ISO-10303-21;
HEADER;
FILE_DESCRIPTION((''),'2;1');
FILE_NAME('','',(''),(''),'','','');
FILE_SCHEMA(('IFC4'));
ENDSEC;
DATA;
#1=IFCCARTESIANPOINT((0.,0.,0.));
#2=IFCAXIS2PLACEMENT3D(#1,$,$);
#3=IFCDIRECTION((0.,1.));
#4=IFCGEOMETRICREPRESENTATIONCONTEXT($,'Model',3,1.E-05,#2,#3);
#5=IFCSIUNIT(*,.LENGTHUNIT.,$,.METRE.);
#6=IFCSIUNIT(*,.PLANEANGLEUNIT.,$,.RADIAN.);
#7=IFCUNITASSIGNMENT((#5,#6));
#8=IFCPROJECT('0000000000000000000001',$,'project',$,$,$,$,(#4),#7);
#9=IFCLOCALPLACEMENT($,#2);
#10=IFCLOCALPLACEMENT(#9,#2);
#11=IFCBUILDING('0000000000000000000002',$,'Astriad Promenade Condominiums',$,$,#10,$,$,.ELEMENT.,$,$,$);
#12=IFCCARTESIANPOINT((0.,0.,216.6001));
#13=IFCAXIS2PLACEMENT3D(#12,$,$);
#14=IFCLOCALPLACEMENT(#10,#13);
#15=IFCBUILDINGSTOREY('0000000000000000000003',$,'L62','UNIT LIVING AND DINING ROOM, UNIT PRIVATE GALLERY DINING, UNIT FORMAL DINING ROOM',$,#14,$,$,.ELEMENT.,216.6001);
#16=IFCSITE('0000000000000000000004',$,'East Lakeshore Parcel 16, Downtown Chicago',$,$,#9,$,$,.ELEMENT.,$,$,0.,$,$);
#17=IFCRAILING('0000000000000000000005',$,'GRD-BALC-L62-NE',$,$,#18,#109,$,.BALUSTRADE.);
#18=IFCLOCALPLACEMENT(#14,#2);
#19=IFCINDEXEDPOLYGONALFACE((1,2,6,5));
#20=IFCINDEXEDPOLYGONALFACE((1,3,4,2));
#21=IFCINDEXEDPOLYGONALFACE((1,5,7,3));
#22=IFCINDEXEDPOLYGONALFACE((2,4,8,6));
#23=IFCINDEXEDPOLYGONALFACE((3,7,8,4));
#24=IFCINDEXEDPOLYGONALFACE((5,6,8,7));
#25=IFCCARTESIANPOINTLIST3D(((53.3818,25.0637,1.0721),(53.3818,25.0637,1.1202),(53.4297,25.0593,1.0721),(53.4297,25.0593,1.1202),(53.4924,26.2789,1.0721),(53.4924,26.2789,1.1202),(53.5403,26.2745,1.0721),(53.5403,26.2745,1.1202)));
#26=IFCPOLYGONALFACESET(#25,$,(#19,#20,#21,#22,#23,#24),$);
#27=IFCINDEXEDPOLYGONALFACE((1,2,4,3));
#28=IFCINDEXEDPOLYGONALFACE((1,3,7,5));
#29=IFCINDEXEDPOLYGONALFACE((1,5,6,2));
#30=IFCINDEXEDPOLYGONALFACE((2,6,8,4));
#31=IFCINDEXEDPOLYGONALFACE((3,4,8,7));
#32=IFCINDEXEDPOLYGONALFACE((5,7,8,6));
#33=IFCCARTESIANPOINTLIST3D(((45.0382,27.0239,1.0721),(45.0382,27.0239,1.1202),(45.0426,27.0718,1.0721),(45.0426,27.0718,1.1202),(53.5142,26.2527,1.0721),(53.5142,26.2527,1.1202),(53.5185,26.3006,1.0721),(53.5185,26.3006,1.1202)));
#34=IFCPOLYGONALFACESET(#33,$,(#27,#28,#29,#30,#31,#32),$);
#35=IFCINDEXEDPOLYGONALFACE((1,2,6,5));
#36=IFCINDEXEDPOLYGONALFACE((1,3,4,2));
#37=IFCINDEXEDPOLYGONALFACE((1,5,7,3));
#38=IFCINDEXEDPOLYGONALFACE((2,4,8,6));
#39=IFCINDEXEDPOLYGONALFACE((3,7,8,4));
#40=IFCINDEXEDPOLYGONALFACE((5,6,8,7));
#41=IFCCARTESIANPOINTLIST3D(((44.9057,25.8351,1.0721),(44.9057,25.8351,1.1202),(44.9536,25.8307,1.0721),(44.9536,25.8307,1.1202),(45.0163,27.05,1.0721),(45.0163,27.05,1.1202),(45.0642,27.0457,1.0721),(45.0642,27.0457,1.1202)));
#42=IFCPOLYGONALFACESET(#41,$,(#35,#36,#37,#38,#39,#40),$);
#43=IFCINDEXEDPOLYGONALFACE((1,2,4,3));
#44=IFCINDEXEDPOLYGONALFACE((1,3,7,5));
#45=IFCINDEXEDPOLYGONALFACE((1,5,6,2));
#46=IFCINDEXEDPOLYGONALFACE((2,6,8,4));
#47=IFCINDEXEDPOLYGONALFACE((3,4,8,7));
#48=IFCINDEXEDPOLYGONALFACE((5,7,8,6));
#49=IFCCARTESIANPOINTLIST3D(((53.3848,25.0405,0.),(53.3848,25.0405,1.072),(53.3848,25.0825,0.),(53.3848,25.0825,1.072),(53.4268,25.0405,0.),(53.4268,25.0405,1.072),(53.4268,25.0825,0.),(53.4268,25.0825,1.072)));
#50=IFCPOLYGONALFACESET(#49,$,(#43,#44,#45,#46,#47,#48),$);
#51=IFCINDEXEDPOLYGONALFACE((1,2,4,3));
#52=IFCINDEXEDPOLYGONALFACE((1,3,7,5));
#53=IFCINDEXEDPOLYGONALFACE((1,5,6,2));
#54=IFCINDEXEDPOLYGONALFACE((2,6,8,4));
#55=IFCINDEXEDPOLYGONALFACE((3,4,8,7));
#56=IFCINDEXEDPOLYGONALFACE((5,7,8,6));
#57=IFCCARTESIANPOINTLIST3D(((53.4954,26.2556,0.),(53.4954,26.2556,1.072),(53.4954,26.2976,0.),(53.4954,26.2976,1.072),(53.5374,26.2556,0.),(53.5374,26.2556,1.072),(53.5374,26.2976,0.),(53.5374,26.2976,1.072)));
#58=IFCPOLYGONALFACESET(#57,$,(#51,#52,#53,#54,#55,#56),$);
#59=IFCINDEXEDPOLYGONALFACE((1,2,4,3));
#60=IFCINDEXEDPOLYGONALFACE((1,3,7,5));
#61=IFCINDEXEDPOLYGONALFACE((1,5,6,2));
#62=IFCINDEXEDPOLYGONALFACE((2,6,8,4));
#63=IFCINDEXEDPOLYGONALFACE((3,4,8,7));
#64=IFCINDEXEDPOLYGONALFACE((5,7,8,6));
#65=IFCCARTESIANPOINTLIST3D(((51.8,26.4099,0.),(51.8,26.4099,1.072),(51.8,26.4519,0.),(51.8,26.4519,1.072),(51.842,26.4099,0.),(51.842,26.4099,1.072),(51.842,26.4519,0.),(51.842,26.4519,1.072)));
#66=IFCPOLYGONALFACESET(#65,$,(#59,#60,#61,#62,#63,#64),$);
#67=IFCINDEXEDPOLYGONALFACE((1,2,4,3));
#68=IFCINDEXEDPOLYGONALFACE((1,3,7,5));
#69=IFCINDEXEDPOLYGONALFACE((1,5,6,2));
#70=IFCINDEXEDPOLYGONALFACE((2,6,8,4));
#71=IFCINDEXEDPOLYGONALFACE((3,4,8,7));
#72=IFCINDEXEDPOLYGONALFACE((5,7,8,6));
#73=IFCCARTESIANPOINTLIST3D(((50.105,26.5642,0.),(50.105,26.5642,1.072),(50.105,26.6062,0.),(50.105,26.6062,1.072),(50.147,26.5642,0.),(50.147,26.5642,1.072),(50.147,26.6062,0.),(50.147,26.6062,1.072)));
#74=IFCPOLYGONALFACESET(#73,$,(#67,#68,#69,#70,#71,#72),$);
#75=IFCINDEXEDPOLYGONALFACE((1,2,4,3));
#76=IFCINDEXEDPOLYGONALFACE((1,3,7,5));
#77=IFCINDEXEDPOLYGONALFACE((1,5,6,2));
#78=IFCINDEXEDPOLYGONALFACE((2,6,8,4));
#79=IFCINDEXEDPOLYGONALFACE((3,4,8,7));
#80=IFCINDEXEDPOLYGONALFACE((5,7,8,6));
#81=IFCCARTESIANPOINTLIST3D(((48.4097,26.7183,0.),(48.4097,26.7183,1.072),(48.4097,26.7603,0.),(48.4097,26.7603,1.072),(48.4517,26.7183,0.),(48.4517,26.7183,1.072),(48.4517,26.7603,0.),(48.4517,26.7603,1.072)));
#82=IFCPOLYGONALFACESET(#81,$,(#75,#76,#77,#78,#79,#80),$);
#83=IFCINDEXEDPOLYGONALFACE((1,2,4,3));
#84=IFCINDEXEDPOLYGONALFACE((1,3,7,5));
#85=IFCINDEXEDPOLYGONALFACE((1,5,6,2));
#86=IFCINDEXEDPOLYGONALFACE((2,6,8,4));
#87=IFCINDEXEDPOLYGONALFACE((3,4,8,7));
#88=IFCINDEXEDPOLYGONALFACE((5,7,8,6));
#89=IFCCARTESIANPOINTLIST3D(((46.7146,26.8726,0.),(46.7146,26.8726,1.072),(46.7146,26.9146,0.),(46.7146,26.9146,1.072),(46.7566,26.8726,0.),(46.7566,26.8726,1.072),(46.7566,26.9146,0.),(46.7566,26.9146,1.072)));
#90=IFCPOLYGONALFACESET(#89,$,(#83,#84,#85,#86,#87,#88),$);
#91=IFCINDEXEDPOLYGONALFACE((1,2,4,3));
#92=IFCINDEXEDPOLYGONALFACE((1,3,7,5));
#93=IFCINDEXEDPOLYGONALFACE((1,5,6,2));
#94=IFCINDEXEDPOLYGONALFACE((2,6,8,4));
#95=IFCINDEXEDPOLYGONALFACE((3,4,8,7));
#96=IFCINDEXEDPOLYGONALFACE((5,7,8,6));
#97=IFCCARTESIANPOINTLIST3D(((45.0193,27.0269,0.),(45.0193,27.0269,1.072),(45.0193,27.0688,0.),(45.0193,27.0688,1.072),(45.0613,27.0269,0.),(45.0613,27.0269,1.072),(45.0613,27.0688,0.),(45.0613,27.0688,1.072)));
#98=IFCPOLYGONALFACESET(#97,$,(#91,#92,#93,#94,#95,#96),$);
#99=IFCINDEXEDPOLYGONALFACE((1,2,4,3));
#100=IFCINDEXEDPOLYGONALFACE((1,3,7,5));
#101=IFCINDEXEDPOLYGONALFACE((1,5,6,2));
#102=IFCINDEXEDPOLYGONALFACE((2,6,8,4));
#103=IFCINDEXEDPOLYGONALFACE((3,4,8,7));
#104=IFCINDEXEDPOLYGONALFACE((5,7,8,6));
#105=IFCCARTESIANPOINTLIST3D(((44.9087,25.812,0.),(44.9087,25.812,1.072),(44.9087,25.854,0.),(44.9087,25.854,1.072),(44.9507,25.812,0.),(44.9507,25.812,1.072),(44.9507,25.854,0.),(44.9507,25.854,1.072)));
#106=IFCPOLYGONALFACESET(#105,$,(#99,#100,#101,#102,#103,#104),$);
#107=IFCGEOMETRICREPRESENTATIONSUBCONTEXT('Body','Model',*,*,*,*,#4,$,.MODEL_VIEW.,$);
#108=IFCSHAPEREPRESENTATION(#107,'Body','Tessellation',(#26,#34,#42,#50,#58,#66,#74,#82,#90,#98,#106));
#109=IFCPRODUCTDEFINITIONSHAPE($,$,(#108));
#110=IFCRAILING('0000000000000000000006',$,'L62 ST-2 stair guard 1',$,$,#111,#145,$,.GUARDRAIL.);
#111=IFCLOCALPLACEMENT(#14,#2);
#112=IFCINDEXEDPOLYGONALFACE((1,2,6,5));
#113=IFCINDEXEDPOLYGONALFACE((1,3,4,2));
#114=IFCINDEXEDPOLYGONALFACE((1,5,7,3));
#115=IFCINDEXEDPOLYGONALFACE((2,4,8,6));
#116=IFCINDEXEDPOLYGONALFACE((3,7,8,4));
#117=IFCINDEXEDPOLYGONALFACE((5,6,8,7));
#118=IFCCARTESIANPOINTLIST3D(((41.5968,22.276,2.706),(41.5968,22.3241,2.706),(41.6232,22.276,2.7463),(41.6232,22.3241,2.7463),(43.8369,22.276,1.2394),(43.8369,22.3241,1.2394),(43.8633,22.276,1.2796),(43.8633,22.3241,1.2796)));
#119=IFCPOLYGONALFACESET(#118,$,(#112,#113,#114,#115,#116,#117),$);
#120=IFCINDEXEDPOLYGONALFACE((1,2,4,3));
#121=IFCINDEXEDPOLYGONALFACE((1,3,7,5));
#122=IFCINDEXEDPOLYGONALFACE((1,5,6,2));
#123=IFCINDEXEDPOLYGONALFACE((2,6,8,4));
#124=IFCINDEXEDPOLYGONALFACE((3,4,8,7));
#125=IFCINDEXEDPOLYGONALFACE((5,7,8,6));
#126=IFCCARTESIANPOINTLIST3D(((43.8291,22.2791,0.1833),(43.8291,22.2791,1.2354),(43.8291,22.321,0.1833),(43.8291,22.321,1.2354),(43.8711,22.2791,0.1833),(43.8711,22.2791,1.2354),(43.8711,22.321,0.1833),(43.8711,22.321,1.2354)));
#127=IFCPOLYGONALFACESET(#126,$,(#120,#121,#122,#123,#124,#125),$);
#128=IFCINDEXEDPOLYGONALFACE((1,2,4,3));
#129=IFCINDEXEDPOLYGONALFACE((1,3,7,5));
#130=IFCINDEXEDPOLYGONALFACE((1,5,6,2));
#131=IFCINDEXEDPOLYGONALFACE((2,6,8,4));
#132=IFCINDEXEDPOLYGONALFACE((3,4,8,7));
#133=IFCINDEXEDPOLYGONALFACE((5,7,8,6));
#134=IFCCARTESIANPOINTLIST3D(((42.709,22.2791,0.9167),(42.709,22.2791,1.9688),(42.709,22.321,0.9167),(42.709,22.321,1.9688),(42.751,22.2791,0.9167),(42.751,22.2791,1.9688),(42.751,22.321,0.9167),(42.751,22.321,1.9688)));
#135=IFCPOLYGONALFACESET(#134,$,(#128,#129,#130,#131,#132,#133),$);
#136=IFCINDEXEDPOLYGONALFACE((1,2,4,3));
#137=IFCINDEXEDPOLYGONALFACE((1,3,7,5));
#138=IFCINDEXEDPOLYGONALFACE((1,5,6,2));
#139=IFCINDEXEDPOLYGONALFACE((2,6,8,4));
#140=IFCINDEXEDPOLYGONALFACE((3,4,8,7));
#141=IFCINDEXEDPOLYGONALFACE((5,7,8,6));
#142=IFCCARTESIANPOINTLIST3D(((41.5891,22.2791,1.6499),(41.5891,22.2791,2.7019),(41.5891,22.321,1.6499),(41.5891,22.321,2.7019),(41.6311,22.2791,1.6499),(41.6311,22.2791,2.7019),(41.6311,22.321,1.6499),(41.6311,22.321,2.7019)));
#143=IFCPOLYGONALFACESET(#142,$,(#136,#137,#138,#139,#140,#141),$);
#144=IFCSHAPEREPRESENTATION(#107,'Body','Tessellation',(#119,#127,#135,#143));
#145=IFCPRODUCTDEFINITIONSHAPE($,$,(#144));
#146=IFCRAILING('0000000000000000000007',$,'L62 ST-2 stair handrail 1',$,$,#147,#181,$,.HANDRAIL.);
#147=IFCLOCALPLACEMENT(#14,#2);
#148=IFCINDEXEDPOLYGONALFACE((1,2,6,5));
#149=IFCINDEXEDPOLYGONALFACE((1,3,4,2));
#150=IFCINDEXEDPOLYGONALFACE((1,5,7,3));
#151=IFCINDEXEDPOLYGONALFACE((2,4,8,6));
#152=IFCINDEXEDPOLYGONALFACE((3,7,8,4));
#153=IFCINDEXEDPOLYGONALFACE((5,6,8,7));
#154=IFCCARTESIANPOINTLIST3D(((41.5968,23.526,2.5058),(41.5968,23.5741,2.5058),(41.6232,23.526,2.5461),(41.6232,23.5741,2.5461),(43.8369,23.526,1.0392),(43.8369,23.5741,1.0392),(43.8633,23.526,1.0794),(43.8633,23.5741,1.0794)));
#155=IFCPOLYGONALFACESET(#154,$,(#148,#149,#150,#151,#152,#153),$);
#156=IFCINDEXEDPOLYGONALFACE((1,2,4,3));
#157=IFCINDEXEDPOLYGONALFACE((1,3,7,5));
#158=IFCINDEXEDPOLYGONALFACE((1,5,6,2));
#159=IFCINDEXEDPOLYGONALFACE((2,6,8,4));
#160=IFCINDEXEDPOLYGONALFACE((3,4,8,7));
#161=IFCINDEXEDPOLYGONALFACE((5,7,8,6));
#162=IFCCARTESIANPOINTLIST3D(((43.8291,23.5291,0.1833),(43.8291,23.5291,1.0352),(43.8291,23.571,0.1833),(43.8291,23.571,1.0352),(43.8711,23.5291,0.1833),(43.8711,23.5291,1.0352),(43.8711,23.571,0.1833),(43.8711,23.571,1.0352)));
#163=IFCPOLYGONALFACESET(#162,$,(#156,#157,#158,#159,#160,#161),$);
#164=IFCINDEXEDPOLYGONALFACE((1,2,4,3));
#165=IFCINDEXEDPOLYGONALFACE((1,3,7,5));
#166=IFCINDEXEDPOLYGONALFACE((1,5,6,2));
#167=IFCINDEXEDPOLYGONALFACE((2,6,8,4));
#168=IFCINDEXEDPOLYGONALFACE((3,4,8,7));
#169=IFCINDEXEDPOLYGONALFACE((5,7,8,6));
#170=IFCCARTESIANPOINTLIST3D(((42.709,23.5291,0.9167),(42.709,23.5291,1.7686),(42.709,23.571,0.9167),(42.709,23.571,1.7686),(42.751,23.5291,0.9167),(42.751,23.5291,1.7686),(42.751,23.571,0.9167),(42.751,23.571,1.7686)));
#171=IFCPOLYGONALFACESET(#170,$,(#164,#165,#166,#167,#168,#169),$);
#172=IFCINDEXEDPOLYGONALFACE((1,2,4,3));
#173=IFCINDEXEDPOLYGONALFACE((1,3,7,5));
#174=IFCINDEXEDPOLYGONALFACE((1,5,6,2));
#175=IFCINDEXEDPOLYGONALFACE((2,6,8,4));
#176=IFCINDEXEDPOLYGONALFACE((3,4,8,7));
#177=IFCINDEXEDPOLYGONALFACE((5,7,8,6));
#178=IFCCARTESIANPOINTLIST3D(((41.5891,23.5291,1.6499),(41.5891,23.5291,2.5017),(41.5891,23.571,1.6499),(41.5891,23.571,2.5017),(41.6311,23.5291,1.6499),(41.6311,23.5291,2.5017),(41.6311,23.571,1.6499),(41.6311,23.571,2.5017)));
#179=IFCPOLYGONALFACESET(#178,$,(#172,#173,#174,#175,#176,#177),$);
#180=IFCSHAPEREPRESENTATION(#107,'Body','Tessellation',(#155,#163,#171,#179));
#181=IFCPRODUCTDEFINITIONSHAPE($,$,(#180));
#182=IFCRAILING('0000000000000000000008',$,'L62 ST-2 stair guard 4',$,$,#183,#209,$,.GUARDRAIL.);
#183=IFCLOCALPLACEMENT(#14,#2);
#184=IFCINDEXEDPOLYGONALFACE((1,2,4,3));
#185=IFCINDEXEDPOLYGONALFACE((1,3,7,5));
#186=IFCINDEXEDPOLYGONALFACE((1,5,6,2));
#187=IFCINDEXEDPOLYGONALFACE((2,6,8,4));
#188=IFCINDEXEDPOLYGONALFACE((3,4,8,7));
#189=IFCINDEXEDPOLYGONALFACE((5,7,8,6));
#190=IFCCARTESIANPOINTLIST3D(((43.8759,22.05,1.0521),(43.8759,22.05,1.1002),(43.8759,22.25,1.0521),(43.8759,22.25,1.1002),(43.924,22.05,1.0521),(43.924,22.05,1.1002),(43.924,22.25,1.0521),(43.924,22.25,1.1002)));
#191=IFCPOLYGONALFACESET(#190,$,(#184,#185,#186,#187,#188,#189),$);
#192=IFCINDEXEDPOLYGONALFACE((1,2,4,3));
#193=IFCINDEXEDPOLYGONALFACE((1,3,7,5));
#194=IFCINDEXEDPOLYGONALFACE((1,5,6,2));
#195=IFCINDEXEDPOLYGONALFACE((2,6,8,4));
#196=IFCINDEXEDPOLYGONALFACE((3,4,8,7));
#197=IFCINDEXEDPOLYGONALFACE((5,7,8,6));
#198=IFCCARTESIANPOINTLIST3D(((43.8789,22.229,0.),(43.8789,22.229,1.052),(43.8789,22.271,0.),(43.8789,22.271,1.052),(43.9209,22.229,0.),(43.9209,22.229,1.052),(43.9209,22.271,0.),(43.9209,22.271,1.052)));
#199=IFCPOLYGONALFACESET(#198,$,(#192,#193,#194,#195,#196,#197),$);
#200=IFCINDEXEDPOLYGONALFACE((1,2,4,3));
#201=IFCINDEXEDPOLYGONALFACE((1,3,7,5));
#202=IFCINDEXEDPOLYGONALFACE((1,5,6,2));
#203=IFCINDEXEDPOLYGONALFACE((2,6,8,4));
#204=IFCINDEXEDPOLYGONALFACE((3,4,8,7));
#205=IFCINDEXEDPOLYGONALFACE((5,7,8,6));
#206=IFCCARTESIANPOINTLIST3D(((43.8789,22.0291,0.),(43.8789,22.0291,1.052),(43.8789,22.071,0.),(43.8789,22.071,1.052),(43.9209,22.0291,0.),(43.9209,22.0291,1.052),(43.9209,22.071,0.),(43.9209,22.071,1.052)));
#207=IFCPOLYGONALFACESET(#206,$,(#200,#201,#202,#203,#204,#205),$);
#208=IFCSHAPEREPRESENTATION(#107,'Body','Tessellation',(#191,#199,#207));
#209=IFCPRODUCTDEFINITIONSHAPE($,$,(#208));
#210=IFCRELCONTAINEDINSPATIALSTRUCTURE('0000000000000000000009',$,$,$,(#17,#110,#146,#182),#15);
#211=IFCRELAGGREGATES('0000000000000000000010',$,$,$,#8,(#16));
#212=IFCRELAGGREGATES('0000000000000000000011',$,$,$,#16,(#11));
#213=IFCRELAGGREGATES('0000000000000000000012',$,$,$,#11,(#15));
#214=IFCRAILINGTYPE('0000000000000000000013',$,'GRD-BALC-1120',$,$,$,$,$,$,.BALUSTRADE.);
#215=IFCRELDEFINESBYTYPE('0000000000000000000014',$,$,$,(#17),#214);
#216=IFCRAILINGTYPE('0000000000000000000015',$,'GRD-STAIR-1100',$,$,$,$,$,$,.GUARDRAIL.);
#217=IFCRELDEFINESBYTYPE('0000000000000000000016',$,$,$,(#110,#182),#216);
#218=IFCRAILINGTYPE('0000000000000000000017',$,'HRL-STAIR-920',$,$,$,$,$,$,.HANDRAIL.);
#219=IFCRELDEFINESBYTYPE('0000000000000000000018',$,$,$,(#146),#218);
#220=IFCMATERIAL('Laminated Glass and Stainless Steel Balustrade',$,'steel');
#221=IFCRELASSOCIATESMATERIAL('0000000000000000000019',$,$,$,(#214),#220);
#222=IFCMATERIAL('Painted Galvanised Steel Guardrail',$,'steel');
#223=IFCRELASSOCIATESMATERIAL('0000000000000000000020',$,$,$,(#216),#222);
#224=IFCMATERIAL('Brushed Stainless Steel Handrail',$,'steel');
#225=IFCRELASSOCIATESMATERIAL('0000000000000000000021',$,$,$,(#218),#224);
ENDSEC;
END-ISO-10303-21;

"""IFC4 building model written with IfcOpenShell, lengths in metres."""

from ifc_helpers import new_model, si_unit, direction, frame, origin, origin_2d, place, context, subcontext, project, spatial, rectangle, extrude, source, transform, mapped, material, type_object, type_shapes, element, save


model = new_model("IFC4")

# Units and contexts
model_context = context("Model", 3, precision=1e-05, world=origin(), true_north=direction((0.0, 1.0)))
body_context = subcontext(model_context, "Body", "Model", "MODEL_VIEW")
ifc_project = project(units=[si_unit("LENGTHUNIT", "METRE"), si_unit("PLANEANGLEUNIT", "RADIAN")], contexts=[model_context])

# Site, building, storey
site_placement = place(None, origin())
site = spatial("IfcSite", under=ifc_project, at=site_placement, Name="East Lakeshore Parcel 16, Downtown Chicago", CompositionType="ELEMENT", RefElevation=0.0)
building_placement = place(site_placement, origin())
building = spatial("IfcBuilding", under=site, at=building_placement, Name="Astriad Promenade Condominiums", CompositionType="ELEMENT")
storey_placement = place(building_placement, frame((0.0, 0.0, 216.6001)))
storey = spatial("IfcBuildingStorey", under=building, at=storey_placement, Name="L62", Description="UNIT LIVING AND DINING ROOM, UNIT PRIVATE GALLERY DINING, UNIT FORMAL DINING ROOM", CompositionType="ELEMENT", Elevation=216.6001)

# Railings
ifc_material_1 = material(Name="Laminated Glass and Stainless Steel Balustrade", Category="steel")
railing_type_1 = type_object("IfcRailingType", Name="GRD-BALC-1120", PredefinedType="BALUSTRADE", material=ifc_material_1)
shared_shape_1 = source(origin(), body_context, "Body", "SweptSolid", [
    extrude(rectangle(XDim=0.0481, YDim=0.0481, at=origin_2d()), frame((0.0, 0.0, 1.0962), z_axis=(0.090644, 0.995883, 0.0), x_axis=(-0.995883, 0.090644, 0.0)), (0.0, 0.0, 1.0), 1.2202),
    extrude(rectangle(XDim=0.0481, YDim=0.0481, at=origin_2d()), frame((0.1106, 1.2151, 1.0962), z_axis=(-0.995886, 0.090616, 0.0), x_axis=(-0.090616, -0.995886, 0.0)), (0.0, 0.0, 1.0), 8.511),
    extrude(rectangle(XDim=0.0481, YDim=0.0481, at=origin_2d()), frame((-8.3655, 1.9863, 1.0962), z_axis=(-0.090662, -0.995882, 0.0), x_axis=(0.995882, -0.090662, 0.0)), (0.0, 0.0, 1.0), 1.22),
    extrude(rectangle(XDim=0.042, YDim=0.042, at=origin_2d()), origin(), (0.0, 0.0, 1.0), 1.072),
    extrude(rectangle(XDim=0.042, YDim=0.042, at=origin_2d()), frame((0.1106, 1.2151, 0.0)), (0.0, 0.0, 1.0), 1.072),
    extrude(rectangle(XDim=0.042, YDim=0.042, at=origin_2d()), frame((-1.5847, 1.3694, 0.0)), (0.0, 0.0, 1.0), 1.072),
    extrude(rectangle(XDim=0.042, YDim=0.042, at=origin_2d()), frame((-3.2798, 1.5237, 0.0)), (0.0, 0.0, 1.0), 1.072),
    extrude(rectangle(XDim=0.042, YDim=0.042, at=origin_2d()), frame((-4.9751, 1.6777, 0.0)), (0.0, 0.0, 1.0), 1.072),
    extrude(rectangle(XDim=0.042, YDim=0.042, at=origin_2d()), frame((-6.6702, 1.832, 0.0)), (0.0, 0.0, 1.0), 1.072),
    extrude(rectangle(XDim=0.042, YDim=0.042, at=origin_2d()), frame((-8.3655, 1.9863, 0.0)), (0.0, 0.0, 1.0), 1.072),
    extrude(rectangle(XDim=0.042, YDim=0.042, at=origin_2d()), frame((-8.4761, 0.7715, 0.0)), (0.0, 0.0, 1.0), 1.072),
])
type_shapes(railing_type_1, [shared_shape_1])
railing_1_placement = place(storey_placement, frame((53.4058, 25.0615, 0.0)))
element("IfcRailing", 1, at=railing_1_placement, inside=storey, type_object=railing_type_1, Name="GRD-BALC-L62-NE", PredefinedType="BALUSTRADE", context=body_context, shape_type="MappedRepresentation", body=[
    mapped(shared_shape_1, transform((0.0, 0.0, 0.0), scale=1.0)),
])
ifc_material_2 = material(Name="Painted Galvanised Steel Guardrail", Category="steel")
railing_type_2 = type_object("IfcRailingType", Name="GRD-STAIR-1100", PredefinedType="GUARDRAIL", material=ifc_material_2)
shared_shape_2 = source(origin(), body_context, "Body", "SweptSolid", [
    extrude(rectangle(XDim=0.0481, YDim=0.0481, at=origin_2d()), frame((0.0, 0.0, 1.0762), z_axis=(-0.836637, 0.0, 0.547758), x_axis=(0.0, -1.0, 0.0)), (0.0, 0.0, 1.0), 2.6775),
    extrude(rectangle(XDim=0.042, YDim=0.042, at=origin_2d()), origin(), (0.0, 0.0, 1.0), 1.052),
    extrude(rectangle(XDim=0.042, YDim=0.042, at=origin_2d()), frame((-1.1201, 0.0, 0.7334)), (0.0, 0.0, 1.0), 1.052),
    extrude(rectangle(XDim=0.042, YDim=0.042, at=origin_2d()), frame((-2.24, 0.0, 1.4666)), (0.0, 0.0, 1.0), 1.052),
])
railing_2_placement = place(storey_placement, frame((43.8501, 22.3, 0.1833)))
element("IfcRailing", 2, at=railing_2_placement, inside=storey, type_object=railing_type_2, Name="L62 ST-2 stair guard 1", PredefinedType="GUARDRAIL", context=body_context, shape_type="MappedRepresentation", body=[
    mapped(shared_shape_2, transform((0.0, 0.0, 0.0), scale=1.0)),
])
ifc_material_3 = material(Name="Brushed Stainless Steel Handrail", Category="steel")
railing_type_3 = type_object("IfcRailingType", Name="HRL-STAIR-920", PredefinedType="HANDRAIL", material=ifc_material_3)
shared_shape_3 = source(origin(), body_context, "Body", "SweptSolid", [
    extrude(rectangle(XDim=0.0481, YDim=0.0481, at=origin_2d()), frame((0.0, 0.0, 0.876), z_axis=(-0.836637, 0.0, 0.547758), x_axis=(0.0, -1.0, 0.0)), (0.0, 0.0, 1.0), 2.6775),
    extrude(rectangle(XDim=0.042, YDim=0.042, at=origin_2d()), origin(), (0.0, 0.0, 1.0), 0.8518),
    extrude(rectangle(XDim=0.042, YDim=0.042, at=origin_2d()), frame((-1.1201, 0.0, 0.7334)), (0.0, 0.0, 1.0), 0.8518),
    extrude(rectangle(XDim=0.042, YDim=0.042, at=origin_2d()), frame((-2.24, 0.0, 1.4666)), (0.0, 0.0, 1.0), 0.8518),
])
type_shapes(railing_type_3, [shared_shape_3])
railing_3_placement = place(storey_placement, frame((43.8501, 23.55, 0.1833)))
element("IfcRailing", 3, at=railing_3_placement, inside=storey, type_object=railing_type_3, Name="L62 ST-2 stair handrail 1", PredefinedType="HANDRAIL", context=body_context, shape_type="MappedRepresentation", body=[
    mapped(shared_shape_3, transform((0.0, 0.0, 0.0), scale=1.0)),
])
shared_shape_4 = source(origin(), body_context, "Body", "SweptSolid", [
    extrude(rectangle(XDim=0.0481, YDim=0.0481, at=origin_2d()), frame((0.0, 0.0, 1.0762), z_axis=(0.0, -1.0, 0.0), x_axis=(1.0, 0.0, 0.0)), (0.0, 0.0, 1.0), 0.2),
    extrude(rectangle(XDim=0.042, YDim=0.042, at=origin_2d()), origin(), (0.0, 0.0, 1.0), 1.052),
    extrude(rectangle(XDim=0.042, YDim=0.042, at=origin_2d()), frame((0.0, -0.2, 0.0)), (0.0, 0.0, 1.0), 1.052),
])
type_shapes(railing_type_2, [shared_shape_2, shared_shape_4])
railing_4_placement = place(storey_placement, frame((43.8999, 22.25, 0.0)))
element("IfcRailing", 4, at=railing_4_placement, inside=storey, type_object=railing_type_2, Name="L62 ST-2 stair guard 4", PredefinedType="GUARDRAIL", context=body_context, shape_type="MappedRepresentation", body=[
    mapped(shared_shape_4, transform((0.0, 0.0, 0.0), scale=1.0)),
])

save(model, "model.ifc")
